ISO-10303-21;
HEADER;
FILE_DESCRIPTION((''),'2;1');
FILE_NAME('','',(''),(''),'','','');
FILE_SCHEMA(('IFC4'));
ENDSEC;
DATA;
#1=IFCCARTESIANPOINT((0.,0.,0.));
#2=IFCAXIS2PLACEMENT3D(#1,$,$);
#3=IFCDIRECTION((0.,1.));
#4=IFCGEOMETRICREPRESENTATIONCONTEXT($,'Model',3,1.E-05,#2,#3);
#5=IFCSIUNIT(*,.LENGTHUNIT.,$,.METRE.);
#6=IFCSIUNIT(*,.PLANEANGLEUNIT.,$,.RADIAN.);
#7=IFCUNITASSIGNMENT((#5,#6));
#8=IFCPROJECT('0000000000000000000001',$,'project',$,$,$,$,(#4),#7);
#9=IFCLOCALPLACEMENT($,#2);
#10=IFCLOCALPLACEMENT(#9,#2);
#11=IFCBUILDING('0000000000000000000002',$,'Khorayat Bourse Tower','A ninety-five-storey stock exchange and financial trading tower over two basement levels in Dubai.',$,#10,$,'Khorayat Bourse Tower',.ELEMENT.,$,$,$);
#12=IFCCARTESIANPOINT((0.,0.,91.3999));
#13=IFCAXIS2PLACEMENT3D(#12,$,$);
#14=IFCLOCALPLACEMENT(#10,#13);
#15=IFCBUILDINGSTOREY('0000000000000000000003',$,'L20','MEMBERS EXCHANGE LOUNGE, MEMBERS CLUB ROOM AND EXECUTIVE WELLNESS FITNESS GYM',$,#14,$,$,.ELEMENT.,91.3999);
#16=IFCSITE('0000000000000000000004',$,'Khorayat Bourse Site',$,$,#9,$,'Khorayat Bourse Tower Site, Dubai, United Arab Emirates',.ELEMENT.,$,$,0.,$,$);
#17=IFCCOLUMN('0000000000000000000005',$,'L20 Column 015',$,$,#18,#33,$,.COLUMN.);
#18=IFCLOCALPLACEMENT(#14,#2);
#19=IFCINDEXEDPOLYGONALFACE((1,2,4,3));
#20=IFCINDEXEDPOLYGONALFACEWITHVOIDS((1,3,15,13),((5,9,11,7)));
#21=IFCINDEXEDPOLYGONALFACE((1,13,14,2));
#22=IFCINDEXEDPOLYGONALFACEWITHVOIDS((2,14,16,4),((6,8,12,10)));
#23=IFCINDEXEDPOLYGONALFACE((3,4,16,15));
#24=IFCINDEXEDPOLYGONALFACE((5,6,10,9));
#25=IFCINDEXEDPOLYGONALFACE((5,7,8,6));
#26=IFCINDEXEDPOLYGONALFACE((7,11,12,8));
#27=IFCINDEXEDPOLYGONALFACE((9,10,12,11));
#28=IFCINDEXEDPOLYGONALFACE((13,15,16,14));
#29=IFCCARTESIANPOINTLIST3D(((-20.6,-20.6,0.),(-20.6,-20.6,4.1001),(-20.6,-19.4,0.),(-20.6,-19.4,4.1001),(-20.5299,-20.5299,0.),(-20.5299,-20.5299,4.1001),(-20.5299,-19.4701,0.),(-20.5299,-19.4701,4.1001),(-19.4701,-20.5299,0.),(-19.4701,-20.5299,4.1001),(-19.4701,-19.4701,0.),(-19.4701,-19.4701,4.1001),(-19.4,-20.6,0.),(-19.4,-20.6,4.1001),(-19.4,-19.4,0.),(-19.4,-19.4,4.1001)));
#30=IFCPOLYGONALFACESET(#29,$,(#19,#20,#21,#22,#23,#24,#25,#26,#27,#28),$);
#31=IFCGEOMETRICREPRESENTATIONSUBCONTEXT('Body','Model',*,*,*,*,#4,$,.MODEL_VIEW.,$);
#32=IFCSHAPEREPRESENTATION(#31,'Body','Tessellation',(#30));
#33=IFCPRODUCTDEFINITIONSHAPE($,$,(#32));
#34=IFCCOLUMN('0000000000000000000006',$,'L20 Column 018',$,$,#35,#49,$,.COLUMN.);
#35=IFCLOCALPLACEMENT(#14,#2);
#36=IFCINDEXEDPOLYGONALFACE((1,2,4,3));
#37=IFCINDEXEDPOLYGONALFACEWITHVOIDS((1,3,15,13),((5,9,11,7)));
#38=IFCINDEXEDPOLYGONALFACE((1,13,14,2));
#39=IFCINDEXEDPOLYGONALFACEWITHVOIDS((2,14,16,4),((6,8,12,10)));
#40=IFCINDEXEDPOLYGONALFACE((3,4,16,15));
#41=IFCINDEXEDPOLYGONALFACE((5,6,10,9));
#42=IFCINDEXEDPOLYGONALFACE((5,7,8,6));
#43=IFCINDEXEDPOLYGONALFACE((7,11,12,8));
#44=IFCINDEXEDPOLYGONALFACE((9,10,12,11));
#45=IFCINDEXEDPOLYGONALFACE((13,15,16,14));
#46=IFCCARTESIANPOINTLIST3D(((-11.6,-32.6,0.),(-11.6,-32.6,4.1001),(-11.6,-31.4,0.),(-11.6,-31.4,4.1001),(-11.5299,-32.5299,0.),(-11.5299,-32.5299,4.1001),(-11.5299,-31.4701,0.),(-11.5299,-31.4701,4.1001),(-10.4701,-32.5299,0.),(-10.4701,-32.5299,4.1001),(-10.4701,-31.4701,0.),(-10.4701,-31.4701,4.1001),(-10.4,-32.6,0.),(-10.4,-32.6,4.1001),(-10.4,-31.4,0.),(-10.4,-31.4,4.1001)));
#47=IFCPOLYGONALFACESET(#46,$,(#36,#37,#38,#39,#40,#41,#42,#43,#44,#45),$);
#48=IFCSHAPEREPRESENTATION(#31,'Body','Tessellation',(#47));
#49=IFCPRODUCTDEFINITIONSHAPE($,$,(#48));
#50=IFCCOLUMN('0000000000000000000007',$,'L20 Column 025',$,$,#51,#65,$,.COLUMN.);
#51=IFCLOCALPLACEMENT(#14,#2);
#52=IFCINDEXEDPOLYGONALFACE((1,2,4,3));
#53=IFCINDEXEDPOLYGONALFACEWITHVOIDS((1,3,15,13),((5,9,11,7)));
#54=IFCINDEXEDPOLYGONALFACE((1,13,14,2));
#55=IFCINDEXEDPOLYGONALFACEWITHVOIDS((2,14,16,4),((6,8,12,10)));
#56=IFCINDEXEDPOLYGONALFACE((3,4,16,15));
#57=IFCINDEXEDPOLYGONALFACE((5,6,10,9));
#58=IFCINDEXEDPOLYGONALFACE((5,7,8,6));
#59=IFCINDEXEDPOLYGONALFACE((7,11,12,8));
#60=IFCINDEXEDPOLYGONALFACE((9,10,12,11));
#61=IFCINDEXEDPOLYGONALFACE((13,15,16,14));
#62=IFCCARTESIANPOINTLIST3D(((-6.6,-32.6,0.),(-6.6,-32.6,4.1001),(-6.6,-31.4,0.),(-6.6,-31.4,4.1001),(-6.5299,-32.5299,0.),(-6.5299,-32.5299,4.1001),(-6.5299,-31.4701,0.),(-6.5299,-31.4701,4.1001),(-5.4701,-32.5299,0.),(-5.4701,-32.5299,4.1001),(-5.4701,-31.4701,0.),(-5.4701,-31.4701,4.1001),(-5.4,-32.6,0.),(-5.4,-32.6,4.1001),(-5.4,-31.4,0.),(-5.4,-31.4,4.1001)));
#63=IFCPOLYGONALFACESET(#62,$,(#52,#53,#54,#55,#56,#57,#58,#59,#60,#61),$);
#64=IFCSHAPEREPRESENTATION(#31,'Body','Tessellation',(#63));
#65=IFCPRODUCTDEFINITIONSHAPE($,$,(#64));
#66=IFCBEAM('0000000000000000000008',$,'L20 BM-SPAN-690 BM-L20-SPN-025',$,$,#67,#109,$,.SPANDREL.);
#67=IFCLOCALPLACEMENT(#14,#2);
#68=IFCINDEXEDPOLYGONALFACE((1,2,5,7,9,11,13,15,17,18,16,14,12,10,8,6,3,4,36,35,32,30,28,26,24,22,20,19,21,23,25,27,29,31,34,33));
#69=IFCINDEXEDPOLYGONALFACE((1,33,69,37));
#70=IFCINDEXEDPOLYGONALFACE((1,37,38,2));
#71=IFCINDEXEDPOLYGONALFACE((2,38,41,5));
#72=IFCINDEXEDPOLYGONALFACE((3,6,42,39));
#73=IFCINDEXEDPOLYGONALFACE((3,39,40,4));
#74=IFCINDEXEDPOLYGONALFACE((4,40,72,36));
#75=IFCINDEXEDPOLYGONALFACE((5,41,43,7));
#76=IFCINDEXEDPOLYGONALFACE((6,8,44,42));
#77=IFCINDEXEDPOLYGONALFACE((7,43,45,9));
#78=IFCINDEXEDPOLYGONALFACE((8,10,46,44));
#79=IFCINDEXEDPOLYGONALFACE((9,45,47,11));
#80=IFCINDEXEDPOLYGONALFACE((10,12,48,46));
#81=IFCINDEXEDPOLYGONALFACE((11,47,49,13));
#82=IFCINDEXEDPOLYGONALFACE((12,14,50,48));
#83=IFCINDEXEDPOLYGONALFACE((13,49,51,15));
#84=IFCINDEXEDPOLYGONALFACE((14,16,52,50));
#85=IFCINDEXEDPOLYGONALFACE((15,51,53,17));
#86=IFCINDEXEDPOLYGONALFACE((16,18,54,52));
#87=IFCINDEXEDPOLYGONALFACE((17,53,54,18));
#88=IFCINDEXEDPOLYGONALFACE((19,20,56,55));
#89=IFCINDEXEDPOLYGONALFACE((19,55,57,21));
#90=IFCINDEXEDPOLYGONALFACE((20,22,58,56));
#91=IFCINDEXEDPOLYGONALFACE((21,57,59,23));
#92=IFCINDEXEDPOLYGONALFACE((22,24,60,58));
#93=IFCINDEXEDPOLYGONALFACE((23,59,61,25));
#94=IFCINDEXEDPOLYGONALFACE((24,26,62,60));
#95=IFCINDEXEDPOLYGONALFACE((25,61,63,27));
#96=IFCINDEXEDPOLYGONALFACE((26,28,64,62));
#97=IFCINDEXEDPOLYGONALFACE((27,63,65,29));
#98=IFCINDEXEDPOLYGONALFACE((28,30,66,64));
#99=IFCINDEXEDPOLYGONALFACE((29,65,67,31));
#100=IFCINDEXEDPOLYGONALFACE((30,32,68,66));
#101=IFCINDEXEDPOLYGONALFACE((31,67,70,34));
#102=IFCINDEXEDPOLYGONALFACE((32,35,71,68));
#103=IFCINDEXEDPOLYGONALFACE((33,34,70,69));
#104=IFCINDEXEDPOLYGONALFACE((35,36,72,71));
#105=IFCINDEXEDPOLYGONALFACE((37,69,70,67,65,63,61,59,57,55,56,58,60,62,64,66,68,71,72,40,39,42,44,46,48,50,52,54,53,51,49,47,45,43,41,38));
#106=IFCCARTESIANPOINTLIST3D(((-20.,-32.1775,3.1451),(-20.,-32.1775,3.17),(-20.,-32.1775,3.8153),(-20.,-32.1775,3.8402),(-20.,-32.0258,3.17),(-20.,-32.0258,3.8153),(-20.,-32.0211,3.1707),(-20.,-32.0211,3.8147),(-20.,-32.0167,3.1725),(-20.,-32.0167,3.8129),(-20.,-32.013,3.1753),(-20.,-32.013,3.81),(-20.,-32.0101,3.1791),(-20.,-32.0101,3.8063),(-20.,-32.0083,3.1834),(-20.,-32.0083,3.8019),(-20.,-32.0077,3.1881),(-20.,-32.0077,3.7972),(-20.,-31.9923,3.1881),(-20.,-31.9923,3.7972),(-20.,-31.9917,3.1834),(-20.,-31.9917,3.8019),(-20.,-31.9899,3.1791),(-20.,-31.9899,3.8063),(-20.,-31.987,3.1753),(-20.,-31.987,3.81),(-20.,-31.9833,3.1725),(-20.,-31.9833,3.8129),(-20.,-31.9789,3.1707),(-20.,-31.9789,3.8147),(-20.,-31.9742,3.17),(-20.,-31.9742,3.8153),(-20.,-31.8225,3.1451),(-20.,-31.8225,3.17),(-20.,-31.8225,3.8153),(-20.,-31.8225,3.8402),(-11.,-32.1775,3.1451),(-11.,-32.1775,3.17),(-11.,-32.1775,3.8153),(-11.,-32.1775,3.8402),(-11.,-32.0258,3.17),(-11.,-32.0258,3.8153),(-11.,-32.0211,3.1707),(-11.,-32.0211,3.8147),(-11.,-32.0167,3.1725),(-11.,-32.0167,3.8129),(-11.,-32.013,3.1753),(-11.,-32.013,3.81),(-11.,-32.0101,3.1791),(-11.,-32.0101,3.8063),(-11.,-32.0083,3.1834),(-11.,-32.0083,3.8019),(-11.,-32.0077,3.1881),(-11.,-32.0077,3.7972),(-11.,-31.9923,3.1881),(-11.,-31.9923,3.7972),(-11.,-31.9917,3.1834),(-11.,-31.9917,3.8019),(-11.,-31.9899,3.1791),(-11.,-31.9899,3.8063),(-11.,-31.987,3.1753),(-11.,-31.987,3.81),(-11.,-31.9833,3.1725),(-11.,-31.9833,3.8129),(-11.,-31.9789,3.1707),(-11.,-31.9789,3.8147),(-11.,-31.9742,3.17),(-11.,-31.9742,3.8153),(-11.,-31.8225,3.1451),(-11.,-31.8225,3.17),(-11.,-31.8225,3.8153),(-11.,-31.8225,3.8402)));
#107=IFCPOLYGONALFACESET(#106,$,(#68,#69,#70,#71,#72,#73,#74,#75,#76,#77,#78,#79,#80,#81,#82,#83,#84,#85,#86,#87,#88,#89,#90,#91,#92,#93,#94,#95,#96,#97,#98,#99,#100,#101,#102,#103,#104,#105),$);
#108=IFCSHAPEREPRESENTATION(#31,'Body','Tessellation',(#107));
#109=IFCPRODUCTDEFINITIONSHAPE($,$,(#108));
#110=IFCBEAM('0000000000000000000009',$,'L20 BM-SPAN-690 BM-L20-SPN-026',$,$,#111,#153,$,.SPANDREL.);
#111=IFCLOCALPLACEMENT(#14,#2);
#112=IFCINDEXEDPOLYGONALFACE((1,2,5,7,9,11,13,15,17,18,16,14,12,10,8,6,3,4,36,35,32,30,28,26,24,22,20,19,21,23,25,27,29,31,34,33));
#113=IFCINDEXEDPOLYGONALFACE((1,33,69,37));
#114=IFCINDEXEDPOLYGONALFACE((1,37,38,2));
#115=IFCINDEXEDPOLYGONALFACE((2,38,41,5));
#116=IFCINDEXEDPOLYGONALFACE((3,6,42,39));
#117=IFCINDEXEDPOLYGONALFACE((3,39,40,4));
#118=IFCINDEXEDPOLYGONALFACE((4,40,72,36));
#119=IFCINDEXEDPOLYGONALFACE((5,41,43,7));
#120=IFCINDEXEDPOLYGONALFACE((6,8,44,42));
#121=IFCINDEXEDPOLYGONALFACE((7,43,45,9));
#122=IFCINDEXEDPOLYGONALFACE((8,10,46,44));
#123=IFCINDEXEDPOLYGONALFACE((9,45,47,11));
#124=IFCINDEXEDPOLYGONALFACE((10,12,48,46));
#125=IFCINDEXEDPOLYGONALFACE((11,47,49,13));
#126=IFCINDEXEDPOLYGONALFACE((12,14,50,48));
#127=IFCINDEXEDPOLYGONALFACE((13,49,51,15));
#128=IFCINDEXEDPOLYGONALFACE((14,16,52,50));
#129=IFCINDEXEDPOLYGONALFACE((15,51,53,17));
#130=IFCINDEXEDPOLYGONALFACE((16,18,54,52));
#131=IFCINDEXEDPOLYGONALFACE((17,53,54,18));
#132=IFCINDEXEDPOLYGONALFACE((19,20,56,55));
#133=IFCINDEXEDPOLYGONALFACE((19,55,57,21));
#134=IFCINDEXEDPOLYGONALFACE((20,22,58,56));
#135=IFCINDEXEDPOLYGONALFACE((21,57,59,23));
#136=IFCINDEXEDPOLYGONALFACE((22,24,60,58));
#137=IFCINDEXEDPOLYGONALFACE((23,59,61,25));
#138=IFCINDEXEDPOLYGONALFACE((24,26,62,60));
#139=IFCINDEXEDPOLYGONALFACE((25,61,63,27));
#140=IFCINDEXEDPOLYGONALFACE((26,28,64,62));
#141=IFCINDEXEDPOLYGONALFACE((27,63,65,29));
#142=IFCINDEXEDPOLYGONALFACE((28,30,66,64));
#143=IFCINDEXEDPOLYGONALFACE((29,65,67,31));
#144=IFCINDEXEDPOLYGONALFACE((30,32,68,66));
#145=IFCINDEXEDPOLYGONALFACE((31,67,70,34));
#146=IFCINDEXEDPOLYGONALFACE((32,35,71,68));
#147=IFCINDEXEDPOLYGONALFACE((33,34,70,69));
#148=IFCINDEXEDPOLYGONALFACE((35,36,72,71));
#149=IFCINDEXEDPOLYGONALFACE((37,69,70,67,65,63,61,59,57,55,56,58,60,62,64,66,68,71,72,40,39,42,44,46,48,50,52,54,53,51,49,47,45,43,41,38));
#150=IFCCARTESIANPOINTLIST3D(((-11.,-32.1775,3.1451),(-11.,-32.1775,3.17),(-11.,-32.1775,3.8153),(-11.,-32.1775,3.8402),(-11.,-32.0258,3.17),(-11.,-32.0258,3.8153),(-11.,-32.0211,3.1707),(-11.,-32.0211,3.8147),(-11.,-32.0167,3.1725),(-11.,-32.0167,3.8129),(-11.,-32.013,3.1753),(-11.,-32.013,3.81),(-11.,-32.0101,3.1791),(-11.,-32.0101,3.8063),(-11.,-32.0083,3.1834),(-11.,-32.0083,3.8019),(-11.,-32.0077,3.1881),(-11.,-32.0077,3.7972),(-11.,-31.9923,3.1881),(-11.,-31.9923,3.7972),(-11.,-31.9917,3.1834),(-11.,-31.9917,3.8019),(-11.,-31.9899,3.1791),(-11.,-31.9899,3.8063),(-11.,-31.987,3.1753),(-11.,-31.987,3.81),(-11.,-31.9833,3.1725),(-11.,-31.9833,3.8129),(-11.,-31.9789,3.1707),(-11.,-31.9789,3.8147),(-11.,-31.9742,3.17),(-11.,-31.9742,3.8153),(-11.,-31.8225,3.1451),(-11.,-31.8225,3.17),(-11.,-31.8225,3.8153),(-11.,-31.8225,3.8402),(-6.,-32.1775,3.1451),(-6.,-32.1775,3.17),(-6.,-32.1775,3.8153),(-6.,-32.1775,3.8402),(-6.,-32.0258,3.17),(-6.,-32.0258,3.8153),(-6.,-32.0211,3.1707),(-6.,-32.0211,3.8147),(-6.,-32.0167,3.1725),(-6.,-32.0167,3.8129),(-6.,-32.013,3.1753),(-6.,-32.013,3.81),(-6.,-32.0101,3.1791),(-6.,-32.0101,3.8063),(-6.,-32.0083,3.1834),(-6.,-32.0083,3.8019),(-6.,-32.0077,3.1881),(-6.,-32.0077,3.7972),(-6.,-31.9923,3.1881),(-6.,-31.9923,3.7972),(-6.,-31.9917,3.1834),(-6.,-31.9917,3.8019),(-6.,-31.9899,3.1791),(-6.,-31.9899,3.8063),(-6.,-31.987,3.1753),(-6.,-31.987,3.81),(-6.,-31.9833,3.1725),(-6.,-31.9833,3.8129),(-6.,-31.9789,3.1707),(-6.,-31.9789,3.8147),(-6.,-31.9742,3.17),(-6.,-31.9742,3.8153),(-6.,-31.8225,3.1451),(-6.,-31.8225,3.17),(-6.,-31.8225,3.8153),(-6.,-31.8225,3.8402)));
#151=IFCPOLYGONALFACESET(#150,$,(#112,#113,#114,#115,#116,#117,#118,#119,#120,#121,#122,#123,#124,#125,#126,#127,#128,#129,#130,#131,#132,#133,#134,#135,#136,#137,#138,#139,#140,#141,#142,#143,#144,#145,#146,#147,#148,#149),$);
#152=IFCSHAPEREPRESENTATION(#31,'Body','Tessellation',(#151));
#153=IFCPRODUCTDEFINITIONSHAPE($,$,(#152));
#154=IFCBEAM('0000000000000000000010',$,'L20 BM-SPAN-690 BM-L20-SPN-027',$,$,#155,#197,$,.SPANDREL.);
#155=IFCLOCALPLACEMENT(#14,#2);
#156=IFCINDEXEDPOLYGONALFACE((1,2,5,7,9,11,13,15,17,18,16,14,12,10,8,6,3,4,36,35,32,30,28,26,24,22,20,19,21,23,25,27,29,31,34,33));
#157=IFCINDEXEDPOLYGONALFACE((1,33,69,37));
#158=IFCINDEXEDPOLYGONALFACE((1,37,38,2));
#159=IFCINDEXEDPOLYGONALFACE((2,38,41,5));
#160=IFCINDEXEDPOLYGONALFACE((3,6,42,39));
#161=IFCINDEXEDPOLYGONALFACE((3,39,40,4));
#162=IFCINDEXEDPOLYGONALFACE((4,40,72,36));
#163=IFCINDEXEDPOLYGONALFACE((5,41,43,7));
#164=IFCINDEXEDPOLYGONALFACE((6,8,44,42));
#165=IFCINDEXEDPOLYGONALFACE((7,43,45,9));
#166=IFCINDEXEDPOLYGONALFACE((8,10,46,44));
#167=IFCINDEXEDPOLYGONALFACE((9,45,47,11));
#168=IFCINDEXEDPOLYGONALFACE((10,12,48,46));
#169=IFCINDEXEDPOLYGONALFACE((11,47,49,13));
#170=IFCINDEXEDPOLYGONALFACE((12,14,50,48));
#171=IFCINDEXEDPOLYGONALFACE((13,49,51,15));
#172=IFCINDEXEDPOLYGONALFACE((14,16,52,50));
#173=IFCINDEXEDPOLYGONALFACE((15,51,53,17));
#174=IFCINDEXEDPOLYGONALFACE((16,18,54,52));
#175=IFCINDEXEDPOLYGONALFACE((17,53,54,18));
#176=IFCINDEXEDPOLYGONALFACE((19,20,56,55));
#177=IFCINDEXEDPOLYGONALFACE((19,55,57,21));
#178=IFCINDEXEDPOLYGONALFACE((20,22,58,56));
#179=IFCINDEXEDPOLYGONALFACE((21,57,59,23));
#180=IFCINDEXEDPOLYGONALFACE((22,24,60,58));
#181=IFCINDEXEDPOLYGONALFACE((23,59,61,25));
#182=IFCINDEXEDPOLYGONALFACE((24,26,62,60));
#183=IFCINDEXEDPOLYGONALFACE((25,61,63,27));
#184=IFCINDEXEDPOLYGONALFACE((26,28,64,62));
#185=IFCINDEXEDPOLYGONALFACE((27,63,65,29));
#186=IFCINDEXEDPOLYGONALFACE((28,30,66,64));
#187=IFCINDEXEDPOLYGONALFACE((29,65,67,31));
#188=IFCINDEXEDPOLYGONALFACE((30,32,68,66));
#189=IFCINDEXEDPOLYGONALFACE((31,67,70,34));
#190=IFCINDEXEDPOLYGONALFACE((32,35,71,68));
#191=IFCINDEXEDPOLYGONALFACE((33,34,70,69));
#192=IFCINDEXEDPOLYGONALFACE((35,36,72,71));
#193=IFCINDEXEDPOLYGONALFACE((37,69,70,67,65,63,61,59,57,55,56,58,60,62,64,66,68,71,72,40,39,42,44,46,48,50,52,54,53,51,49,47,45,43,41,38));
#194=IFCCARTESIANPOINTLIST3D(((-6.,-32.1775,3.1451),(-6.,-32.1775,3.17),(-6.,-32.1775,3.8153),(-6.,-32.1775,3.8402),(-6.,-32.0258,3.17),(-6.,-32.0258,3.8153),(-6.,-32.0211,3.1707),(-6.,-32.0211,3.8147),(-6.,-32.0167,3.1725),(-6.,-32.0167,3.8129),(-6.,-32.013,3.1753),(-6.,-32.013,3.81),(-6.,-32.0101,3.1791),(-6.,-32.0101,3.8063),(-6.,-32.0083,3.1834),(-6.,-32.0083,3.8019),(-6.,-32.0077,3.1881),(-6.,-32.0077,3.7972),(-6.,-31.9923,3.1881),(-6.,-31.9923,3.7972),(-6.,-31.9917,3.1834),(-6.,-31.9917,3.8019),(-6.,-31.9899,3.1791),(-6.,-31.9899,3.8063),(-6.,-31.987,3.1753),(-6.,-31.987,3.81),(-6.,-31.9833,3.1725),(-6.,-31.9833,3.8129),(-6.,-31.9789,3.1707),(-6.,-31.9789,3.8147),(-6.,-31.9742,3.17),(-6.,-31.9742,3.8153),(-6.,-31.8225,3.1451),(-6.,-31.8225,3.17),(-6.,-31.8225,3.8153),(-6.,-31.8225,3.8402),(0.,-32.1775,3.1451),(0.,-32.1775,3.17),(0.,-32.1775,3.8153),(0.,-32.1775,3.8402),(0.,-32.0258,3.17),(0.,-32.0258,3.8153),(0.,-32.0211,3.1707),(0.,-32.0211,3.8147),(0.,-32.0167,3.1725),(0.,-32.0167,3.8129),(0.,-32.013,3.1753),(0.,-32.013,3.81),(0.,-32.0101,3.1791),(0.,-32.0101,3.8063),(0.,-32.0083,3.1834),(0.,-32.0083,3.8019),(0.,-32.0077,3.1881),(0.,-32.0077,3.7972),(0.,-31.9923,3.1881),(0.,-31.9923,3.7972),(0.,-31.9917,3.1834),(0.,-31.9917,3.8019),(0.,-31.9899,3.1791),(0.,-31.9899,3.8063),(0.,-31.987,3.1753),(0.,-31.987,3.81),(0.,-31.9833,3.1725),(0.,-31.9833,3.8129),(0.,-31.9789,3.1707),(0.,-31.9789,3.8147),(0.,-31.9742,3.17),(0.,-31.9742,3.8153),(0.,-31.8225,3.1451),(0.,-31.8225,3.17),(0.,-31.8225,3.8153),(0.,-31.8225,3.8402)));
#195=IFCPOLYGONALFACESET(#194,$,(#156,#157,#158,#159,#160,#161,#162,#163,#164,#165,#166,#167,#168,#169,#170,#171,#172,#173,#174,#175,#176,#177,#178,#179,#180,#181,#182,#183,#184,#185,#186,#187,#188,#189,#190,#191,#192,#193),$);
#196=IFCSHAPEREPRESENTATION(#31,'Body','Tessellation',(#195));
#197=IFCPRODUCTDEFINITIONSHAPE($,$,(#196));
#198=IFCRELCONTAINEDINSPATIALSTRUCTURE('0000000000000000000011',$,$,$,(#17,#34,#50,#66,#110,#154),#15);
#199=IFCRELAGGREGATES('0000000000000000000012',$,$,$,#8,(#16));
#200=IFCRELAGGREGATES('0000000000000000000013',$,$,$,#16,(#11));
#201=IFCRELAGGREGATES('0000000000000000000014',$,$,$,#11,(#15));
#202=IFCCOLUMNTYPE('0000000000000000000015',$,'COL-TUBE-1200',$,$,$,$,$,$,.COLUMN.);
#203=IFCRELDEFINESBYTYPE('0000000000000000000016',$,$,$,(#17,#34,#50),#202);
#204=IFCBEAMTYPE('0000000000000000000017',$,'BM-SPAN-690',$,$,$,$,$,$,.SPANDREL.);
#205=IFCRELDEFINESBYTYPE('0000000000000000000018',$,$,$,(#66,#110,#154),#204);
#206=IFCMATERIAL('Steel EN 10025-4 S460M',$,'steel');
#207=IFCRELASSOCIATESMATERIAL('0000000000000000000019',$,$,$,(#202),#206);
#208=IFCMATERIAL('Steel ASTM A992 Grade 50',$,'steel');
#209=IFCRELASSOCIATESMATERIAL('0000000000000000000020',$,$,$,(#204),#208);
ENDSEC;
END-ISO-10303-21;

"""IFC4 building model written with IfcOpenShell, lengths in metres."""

from ifc_helpers import new_model, si_unit, direction, frame, origin, origin_2d, place, context, subcontext, project, spatial, hollow_rectangle, i_section, extrude, source, transform, mapped, material, material_profile, profile_set, type_object, element, save


model = new_model("IFC4")

# Units and contexts
model_context = context("Model", 3, precision=1e-05, world=origin(), true_north=direction((0.0, 1.0)))
body_context = subcontext(model_context, "Body", "Model", "MODEL_VIEW")
ifc_project = project(units=[si_unit("LENGTHUNIT", "METRE"), si_unit("PLANEANGLEUNIT", "RADIAN")], contexts=[model_context])

# Site, building, storey
site_placement = place(None, origin())
site = spatial("IfcSite", under=ifc_project, at=site_placement, Name="Khorayat Bourse Site", LongName="Khorayat Bourse Tower Site, Dubai, United Arab Emirates", CompositionType="ELEMENT", RefElevation=0.0)
building_placement = place(site_placement, origin())
building = spatial("IfcBuilding", under=site, at=building_placement, Name="Khorayat Bourse Tower", Description="A ninety-five-storey stock exchange and financial trading tower over two basement levels in Dubai.", LongName="Khorayat Bourse Tower", CompositionType="ELEMENT")
storey_placement = place(building_placement, frame((0.0, 0.0, 91.3999)))
storey = spatial("IfcBuildingStorey", under=building, at=storey_placement, Name="L20", Description="MEMBERS EXCHANGE LOUNGE, MEMBERS CLUB ROOM AND EXECUTIVE WELLNESS FITNESS GYM", CompositionType="ELEMENT", Elevation=91.3999)

# Columns
ifc_material_1 = material(Name="Steel EN 10025-4 S460M", Category="steel")
ifc_material_profile_1 = material_profile(ifc_material_1, hollow_rectangle(XDim=1.2, YDim=1.2, WallThickness=0.0701, at=origin_2d()), Name="BOX 1200x1200x70")
ifc_profile_set_1 = profile_set([ifc_material_profile_1], Name="Steel EN 10025-4 S460M")
column_type = type_object("IfcColumnType", Name="COL-TUBE-1200", PredefinedType="COLUMN", material=ifc_profile_set_1)
shared_shape_1 = source(origin(), body_context, "Body", "SweptSolid", [
    extrude(hollow_rectangle(XDim=1.2, YDim=1.2, WallThickness=0.0701, at=origin_2d()), origin(), (0.0, 0.0, 1.0), 4.1001),
])
for number, where, z_axis, x_axis, name in (
    (1, (-20.0, -20.0, 0.0), (0.0, 0.0, 1.0), (1.0, 0.0, 0.0), "L20 Column 015"),
    (2, (-11.0, -32.0, 0.0), (0.0, 0.0, 1.0), (1.0, 0.0, 0.0), "L20 Column 018"),
    (3, (-6.0, -32.0, 0.0), (0.0, 0.0, 1.0), (1.0, 0.0, 0.0), "L20 Column 025"),
):
    element("IfcColumn", number, at=place(storey_placement, frame(where, z_axis=z_axis, x_axis=x_axis)), inside=storey, type_object=column_type, Name=name, PredefinedType="COLUMN", context=body_context, shape_type="MappedRepresentation", body=[
        mapped(shared_shape_1, transform((0.0, 0.0, 0.0), scale=1.0)),
    ])

# Beams
ifc_material_2 = material(Name="Steel ASTM A992 Grade 50", Category="steel")
ifc_material_profile_2 = material_profile(ifc_material_2, i_section(OverallWidth=0.355, OverallDepth=0.6951, WebThickness=0.0154, FlangeThickness=0.0249, FilletRadius=0.0181, at=origin_2d()), Name="W690X217")
ifc_profile_set_2 = profile_set([ifc_material_profile_2], Name="Steel ASTM A992 Grade 50")
beam_type_1 = type_object("IfcBeamType", Name="BM-SPAN-690", PredefinedType="SPANDREL", material=ifc_profile_set_2)
shared_shape_2 = source(origin(), body_context, "Body", "SweptSolid", [
    extrude(i_section(OverallWidth=0.355, OverallDepth=0.6951, WebThickness=0.0154, FlangeThickness=0.0249, FilletRadius=0.0181, at=origin_2d()), origin(), (0.0, 0.0, 1.0), 9.0),
])
beam_1_placement = place(storey_placement, frame((-20.0, -32.0, 3.4927), z_axis=(1.0, 0.0, 0.0), x_axis=(0.0, 1.0, 0.0)))
element("IfcBeam", 4, at=beam_1_placement, inside=storey, type_object=beam_type_1, Name="L20 BM-SPAN-690 BM-L20-SPN-025", PredefinedType="SPANDREL", context=body_context, shape_type="MappedRepresentation", body=[
    mapped(shared_shape_2, transform((0.0, 0.0, 0.0), scale=1.0)),
])
shared_shape_3 = source(origin(), body_context, "Body", "SweptSolid", [
    extrude(i_section(OverallWidth=0.355, OverallDepth=0.6951, WebThickness=0.0154, FlangeThickness=0.0249, FilletRadius=0.0181, at=origin_2d()), origin(), (0.0, 0.0, 1.0), 5.0),
])
beam_2_placement = place(storey_placement, frame((-11.0, -32.0, 3.4927), z_axis=(1.0, 0.0, 0.0), x_axis=(0.0, 1.0, 0.0)))
element("IfcBeam", 5, at=beam_2_placement, inside=storey, type_object=beam_type_1, Name="L20 BM-SPAN-690 BM-L20-SPN-026", PredefinedType="SPANDREL", context=body_context, shape_type="MappedRepresentation", body=[
    mapped(shared_shape_3, transform((0.0, 0.0, 0.0), scale=1.0)),
])
shared_shape_4 = source(origin(), body_context, "Body", "SweptSolid", [
    extrude(i_section(OverallWidth=0.355, OverallDepth=0.6951, WebThickness=0.0154, FlangeThickness=0.0249, FilletRadius=0.0181, at=origin_2d()), origin(), (0.0, 0.0, 1.0), 6.0),
])
beam_3_placement = place(storey_placement, frame((-6.0, -32.0, 3.4927), z_axis=(1.0, 0.0, 0.0), x_axis=(0.0, 1.0, 0.0)))
element("IfcBeam", 6, at=beam_3_placement, inside=storey, type_object=beam_type_1, Name="L20 BM-SPAN-690 BM-L20-SPN-027", PredefinedType="SPANDREL", context=body_context, shape_type="MappedRepresentation", body=[
    mapped(shared_shape_4, transform((0.0, 0.0, 0.0), scale=1.0)),
])

save(model, "model.ifc")
